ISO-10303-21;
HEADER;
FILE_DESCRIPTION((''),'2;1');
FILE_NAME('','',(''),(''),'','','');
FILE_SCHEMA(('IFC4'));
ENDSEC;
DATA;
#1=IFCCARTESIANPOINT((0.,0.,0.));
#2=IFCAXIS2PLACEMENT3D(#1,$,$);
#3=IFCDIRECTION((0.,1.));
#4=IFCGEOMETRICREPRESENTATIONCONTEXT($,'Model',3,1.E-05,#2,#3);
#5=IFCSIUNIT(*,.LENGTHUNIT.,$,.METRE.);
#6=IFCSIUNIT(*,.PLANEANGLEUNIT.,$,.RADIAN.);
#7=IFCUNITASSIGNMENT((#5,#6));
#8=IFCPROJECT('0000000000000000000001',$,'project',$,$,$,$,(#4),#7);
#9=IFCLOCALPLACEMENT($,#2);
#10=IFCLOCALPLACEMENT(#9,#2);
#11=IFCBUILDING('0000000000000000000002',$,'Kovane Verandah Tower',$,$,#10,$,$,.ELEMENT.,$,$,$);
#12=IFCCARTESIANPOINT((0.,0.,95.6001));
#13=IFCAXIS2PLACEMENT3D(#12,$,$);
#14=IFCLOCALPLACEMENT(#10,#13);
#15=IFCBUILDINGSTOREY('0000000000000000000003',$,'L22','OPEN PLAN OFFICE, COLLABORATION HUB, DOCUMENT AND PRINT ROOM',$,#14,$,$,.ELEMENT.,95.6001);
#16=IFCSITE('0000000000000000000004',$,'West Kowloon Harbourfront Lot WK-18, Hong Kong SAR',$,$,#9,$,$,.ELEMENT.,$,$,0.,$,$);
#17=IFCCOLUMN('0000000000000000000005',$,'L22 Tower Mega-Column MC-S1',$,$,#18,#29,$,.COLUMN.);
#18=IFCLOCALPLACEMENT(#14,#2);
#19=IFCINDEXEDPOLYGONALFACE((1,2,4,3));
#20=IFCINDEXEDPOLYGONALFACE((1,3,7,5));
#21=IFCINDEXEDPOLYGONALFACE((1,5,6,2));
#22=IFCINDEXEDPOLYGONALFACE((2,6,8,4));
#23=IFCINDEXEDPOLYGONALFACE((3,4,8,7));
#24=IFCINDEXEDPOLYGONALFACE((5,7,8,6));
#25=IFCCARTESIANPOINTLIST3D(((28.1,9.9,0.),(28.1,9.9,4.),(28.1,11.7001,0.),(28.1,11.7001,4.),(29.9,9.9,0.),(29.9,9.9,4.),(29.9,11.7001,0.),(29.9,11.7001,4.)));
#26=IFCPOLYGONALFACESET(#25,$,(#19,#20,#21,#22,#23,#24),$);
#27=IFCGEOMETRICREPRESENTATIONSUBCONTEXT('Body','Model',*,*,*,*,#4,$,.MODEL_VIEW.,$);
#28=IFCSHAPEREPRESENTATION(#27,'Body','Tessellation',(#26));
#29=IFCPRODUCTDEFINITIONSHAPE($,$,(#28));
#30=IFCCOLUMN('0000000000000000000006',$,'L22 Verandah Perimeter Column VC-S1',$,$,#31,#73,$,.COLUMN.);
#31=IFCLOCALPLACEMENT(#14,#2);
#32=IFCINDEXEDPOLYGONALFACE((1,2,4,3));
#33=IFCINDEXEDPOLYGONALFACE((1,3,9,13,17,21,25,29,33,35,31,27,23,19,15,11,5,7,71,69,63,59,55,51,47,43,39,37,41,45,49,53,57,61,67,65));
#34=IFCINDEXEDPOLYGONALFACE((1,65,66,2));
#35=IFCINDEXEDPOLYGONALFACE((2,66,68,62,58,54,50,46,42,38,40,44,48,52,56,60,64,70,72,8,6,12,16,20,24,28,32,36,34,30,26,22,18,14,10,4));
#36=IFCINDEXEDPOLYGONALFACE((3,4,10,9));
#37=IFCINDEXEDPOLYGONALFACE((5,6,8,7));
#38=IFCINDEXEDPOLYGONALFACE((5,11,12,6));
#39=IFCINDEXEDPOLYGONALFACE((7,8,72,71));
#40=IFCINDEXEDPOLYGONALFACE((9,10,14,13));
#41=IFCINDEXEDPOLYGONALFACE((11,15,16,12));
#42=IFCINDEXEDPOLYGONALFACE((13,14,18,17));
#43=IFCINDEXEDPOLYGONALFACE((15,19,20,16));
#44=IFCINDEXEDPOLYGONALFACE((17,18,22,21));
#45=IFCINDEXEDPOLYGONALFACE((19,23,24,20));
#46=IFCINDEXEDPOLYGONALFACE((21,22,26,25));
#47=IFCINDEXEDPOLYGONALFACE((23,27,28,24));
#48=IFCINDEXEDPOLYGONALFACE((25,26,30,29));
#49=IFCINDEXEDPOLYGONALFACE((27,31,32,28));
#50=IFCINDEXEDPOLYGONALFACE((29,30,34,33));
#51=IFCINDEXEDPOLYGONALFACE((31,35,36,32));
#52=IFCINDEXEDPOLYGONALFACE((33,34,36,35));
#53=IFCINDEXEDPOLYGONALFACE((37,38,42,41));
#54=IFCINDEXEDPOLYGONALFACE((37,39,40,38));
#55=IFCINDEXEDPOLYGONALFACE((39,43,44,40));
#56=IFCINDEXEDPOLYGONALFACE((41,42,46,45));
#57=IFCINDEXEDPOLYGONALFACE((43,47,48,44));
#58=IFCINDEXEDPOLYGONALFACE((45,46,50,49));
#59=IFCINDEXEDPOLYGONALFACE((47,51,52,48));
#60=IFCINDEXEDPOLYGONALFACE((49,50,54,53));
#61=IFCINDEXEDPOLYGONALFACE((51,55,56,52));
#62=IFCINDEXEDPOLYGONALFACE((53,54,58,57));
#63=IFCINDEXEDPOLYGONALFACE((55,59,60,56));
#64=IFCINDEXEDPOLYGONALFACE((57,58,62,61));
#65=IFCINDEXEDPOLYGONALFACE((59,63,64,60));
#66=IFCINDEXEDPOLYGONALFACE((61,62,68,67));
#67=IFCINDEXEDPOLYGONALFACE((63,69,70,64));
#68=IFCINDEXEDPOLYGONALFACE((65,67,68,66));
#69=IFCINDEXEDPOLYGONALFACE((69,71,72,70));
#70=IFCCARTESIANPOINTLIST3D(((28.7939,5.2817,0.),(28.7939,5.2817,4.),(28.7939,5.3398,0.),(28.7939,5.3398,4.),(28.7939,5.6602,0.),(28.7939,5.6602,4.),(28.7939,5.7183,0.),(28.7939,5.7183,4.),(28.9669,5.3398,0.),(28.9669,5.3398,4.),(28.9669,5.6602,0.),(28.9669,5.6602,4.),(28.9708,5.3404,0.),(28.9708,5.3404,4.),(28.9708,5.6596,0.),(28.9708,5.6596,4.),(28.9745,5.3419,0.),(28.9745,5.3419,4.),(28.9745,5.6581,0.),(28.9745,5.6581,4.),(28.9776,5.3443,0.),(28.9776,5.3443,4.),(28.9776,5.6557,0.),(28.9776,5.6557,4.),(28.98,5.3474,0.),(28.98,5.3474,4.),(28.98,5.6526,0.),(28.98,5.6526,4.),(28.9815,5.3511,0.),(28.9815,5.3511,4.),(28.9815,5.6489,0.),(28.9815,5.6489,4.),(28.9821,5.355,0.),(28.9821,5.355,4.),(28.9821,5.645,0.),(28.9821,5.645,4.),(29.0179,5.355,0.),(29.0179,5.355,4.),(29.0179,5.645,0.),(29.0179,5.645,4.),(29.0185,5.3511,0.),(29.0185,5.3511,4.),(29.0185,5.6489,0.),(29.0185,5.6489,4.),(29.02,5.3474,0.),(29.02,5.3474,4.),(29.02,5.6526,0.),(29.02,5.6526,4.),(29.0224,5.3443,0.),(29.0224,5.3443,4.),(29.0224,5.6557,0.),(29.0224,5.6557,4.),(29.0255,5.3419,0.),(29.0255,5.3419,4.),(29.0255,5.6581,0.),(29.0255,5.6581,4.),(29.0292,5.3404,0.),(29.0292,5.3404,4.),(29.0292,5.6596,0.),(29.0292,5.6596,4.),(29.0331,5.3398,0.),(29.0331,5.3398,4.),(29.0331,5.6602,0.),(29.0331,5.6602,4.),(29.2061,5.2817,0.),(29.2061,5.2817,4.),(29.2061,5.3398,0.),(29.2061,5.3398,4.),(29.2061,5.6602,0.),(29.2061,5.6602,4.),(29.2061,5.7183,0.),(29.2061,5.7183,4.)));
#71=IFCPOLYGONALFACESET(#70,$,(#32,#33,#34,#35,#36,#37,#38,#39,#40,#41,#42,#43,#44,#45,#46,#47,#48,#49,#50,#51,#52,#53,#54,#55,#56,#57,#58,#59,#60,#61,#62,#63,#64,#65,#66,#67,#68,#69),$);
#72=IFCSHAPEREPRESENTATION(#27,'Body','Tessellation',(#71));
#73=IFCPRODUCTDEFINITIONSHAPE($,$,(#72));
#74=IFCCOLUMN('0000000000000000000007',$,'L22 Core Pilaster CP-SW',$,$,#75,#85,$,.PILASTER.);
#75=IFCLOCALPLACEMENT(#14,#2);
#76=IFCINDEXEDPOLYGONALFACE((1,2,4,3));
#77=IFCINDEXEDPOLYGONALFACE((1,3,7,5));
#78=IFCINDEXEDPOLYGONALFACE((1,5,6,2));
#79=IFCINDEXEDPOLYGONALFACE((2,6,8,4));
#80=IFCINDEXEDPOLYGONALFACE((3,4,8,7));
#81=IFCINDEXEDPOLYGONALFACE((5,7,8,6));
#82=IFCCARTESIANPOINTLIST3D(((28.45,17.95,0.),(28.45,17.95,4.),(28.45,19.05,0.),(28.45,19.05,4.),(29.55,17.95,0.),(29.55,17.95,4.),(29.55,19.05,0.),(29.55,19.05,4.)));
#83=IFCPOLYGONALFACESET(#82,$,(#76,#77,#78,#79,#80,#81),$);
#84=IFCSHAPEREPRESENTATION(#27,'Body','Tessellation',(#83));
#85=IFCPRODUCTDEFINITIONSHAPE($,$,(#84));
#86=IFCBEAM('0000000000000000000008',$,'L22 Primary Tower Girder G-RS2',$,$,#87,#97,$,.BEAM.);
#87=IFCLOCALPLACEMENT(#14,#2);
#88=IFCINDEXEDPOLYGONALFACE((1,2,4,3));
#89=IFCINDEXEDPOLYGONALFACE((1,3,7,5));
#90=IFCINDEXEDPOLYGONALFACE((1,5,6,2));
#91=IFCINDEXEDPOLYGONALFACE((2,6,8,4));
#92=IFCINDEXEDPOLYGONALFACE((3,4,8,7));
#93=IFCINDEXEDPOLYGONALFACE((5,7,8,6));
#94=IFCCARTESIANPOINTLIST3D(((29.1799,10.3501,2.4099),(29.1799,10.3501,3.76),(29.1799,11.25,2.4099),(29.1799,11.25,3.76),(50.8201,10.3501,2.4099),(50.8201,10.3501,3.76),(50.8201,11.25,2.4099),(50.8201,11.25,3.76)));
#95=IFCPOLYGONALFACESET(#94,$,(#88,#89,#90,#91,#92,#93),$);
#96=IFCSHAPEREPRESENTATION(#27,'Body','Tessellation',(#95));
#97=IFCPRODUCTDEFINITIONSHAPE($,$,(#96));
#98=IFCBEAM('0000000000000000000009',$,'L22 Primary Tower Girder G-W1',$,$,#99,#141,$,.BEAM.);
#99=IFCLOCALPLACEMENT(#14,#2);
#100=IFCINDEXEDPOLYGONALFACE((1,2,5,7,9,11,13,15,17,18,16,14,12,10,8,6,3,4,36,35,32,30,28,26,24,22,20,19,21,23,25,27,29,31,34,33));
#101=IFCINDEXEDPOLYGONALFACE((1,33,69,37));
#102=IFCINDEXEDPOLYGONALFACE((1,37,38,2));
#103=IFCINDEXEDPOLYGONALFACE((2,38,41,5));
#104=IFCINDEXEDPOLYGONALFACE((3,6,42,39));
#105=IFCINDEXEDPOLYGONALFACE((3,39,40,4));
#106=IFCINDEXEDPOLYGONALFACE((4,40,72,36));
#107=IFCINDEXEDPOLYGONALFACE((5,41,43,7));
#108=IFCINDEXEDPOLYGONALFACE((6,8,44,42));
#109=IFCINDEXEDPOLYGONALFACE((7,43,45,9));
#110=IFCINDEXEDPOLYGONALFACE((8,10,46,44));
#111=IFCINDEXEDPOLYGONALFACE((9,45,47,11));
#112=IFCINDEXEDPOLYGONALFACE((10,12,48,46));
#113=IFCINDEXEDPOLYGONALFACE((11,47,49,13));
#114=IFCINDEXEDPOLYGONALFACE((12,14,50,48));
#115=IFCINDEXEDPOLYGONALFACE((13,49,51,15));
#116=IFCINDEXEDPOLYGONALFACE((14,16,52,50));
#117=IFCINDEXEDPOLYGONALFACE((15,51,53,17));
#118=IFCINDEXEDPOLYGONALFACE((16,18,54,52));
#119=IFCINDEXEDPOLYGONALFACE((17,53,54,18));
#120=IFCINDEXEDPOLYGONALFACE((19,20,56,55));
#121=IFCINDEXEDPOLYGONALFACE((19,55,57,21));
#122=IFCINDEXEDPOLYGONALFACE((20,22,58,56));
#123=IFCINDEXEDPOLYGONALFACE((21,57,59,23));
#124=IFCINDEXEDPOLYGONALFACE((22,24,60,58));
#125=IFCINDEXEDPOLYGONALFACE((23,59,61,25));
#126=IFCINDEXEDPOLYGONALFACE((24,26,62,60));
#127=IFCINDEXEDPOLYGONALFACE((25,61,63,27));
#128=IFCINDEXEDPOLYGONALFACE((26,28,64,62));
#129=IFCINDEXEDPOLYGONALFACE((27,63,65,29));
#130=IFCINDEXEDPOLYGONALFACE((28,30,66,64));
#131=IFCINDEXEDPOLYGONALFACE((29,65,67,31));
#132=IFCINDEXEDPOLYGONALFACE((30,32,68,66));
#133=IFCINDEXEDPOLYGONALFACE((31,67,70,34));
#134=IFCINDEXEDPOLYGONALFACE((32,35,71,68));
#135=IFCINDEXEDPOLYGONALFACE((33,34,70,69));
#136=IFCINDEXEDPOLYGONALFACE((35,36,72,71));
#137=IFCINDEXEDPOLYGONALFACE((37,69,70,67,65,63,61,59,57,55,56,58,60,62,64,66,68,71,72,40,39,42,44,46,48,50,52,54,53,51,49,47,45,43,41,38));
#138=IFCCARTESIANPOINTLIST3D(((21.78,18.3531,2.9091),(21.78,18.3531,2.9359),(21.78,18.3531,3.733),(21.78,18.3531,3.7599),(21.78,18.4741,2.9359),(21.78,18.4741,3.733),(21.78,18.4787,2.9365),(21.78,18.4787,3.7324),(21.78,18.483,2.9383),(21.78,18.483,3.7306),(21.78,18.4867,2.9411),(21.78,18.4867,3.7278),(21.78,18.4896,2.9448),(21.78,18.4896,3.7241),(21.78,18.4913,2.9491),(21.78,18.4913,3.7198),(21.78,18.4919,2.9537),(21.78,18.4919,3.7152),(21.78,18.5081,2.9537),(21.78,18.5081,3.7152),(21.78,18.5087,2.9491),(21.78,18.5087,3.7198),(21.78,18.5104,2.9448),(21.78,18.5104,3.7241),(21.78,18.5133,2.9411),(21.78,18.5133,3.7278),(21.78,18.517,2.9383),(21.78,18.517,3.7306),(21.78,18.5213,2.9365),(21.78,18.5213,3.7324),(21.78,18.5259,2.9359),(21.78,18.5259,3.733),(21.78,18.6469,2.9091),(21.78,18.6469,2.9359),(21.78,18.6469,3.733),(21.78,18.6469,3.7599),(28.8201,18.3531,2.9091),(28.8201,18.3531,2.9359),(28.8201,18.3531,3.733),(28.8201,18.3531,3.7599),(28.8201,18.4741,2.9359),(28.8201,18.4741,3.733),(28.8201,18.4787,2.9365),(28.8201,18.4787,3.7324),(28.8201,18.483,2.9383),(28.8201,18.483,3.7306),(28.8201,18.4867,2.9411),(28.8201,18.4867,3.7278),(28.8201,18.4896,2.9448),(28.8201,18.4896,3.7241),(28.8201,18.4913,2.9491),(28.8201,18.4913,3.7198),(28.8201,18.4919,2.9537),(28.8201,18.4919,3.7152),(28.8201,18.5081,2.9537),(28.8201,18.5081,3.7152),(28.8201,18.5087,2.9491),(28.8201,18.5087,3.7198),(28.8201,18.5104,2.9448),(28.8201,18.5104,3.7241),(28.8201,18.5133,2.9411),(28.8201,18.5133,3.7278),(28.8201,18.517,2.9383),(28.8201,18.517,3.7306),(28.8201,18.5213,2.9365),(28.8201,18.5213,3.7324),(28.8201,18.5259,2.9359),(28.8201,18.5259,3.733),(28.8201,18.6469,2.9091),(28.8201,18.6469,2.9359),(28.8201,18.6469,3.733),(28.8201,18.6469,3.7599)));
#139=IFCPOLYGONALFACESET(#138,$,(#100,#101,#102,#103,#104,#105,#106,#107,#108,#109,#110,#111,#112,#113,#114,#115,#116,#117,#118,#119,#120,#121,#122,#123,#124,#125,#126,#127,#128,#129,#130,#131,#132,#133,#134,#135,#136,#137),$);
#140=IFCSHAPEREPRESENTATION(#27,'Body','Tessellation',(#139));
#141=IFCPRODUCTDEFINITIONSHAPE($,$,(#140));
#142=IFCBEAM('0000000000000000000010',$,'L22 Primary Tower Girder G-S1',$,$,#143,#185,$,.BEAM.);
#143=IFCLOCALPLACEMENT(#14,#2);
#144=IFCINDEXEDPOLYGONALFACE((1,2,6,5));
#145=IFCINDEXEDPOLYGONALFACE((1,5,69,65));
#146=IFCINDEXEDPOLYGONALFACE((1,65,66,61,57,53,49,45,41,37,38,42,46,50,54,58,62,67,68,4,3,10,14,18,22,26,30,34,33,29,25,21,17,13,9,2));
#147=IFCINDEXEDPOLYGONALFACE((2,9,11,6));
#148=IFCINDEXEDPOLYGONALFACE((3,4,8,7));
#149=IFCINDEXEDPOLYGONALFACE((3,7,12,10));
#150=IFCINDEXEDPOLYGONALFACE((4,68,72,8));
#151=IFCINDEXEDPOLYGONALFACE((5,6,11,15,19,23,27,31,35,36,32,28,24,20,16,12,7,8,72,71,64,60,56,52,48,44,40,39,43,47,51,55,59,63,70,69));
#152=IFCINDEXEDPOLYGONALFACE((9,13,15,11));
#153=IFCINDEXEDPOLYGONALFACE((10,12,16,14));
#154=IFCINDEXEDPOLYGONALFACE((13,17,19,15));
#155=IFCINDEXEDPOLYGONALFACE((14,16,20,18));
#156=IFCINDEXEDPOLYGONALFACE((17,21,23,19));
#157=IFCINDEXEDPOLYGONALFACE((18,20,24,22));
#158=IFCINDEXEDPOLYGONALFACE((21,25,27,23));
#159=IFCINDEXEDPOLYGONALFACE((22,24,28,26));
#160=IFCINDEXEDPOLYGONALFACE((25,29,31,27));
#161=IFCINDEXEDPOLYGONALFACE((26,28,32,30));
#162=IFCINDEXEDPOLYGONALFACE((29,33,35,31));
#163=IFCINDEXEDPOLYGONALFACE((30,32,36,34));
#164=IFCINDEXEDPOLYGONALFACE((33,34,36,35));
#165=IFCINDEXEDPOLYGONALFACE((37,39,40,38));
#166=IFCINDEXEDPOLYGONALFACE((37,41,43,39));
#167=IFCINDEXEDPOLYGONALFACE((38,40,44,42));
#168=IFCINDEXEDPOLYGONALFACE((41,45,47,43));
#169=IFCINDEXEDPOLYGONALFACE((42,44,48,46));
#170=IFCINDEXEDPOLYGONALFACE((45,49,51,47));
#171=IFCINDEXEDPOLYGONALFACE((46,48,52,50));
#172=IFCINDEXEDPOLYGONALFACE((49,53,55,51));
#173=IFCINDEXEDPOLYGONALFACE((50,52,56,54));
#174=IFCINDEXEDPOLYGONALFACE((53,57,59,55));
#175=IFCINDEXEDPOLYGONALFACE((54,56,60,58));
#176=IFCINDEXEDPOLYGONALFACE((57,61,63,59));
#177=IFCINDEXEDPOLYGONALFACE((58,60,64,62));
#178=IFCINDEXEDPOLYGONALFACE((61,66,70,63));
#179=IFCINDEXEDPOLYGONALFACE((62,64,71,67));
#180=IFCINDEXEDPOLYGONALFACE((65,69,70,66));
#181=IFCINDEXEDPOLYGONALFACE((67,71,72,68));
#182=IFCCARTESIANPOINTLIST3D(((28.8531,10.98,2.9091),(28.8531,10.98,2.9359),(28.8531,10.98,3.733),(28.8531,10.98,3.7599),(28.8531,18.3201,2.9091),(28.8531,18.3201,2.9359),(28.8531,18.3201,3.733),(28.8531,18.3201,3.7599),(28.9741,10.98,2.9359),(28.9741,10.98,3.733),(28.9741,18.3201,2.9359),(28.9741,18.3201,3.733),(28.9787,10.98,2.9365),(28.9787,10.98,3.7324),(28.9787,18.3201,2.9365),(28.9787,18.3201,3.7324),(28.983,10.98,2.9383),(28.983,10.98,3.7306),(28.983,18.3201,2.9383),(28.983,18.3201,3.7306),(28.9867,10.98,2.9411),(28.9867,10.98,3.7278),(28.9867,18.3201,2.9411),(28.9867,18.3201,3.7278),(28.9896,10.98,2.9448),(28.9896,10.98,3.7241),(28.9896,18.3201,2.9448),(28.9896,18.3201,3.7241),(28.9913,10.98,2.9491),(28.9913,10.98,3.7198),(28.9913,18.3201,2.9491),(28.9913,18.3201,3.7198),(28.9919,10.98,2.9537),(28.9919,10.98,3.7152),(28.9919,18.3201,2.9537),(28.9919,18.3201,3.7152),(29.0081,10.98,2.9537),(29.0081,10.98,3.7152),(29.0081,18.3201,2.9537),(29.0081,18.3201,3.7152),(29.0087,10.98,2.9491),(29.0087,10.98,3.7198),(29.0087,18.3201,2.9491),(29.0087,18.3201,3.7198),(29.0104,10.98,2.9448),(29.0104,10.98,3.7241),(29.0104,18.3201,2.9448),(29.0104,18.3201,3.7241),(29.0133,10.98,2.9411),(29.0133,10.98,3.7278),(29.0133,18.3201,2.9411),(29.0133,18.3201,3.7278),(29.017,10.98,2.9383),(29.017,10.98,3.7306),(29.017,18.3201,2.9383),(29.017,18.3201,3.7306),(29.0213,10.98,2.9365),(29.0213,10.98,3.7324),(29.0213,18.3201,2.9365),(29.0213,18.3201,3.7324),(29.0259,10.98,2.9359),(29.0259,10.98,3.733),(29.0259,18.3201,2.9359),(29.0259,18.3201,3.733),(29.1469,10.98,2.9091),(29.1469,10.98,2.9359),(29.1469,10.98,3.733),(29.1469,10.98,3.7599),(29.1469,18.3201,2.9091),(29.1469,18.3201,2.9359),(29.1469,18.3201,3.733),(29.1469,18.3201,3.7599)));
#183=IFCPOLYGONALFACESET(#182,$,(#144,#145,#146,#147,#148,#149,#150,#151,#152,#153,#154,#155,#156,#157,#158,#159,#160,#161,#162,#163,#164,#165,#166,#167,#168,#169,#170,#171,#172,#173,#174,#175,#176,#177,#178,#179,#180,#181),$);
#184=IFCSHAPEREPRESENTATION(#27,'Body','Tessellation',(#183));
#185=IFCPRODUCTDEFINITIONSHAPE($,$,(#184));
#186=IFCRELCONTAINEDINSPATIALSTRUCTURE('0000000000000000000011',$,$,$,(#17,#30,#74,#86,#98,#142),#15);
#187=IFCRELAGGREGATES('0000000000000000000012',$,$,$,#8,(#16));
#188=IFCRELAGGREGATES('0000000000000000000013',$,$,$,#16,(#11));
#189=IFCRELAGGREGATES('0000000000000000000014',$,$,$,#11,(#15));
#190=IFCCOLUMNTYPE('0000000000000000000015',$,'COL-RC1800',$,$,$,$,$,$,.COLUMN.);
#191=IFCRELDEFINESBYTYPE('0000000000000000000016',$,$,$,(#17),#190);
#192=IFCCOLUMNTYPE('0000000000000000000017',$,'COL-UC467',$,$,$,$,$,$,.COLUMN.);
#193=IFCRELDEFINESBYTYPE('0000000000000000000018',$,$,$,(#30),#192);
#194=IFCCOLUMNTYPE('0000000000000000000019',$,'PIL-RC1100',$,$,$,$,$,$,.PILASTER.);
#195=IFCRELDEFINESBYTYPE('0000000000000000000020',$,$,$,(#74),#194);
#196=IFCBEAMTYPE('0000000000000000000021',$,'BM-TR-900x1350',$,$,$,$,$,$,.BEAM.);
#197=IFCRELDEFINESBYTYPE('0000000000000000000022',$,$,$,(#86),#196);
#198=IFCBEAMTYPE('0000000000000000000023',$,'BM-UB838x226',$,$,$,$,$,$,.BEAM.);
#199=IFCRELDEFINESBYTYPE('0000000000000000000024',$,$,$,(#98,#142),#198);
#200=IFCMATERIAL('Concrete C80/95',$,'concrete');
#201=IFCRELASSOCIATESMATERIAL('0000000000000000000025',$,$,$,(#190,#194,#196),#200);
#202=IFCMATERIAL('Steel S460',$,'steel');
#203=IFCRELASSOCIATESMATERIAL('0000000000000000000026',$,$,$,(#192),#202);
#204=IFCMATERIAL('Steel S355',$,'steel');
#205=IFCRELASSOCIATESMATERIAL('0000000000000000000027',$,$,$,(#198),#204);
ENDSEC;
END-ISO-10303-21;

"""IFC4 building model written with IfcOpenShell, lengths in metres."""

from ifc_helpers import new_model, si_unit, direction, frame, origin, origin_2d, place, context, subcontext, project, spatial, rectangle, i_section, extrude, material, material_profile, profile_set, type_object, element, save


model = new_model("IFC4")

# Units and contexts
model_context = context("Model", 3, precision=1e-05, world=origin(), true_north=direction((0.0, 1.0)))
body_context = subcontext(model_context, "Body", "Model", "MODEL_VIEW")
ifc_project = project(units=[si_unit("LENGTHUNIT", "METRE"), si_unit("PLANEANGLEUNIT", "RADIAN")], contexts=[model_context])

# Site, building, storey
site_placement = place(None, origin())
site = spatial("IfcSite", under=ifc_project, at=site_placement, Name="West Kowloon Harbourfront Lot WK-18, Hong Kong SAR", CompositionType="ELEMENT", RefElevation=0.0)
building_placement = place(site_placement, origin())
building = spatial("IfcBuilding", under=site, at=building_placement, Name="Kovane Verandah Tower", CompositionType="ELEMENT")
storey_placement = place(building_placement, frame((0.0, 0.0, 95.6001)))
storey = spatial("IfcBuildingStorey", under=building, at=storey_placement, Name="L22", Description="OPEN PLAN OFFICE, COLLABORATION HUB, DOCUMENT AND PRINT ROOM", CompositionType="ELEMENT", Elevation=95.6001)

# Columns
ifc_material_1 = material(Name="Concrete C80/95", Category="concrete")
ifc_material_profile_1 = material_profile(ifc_material_1, rectangle(XDim=1.8, YDim=1.8, at=origin_2d()), Name="RC1800x1800")
ifc_profile_set_1 = profile_set([ifc_material_profile_1], Name="Concrete C80/95")
column_type_1 = type_object("IfcColumnType", Name="COL-RC1800", PredefinedType="COLUMN", material=ifc_profile_set_1)
column_1_placement = place(storey_placement, frame((29.0, 10.8, 0.0), z_axis=(0.0, 0.0, 1.0), x_axis=(1.0, 0.0, 0.0)))
element("IfcColumn", 1, at=column_1_placement, inside=storey, type_object=column_type_1, Name="L22 Tower Mega-Column MC-S1", PredefinedType="COLUMN", context=body_context, shape_type="SweptSolid", body=[
    extrude(rectangle(XDim=1.8, YDim=1.8, at=origin_2d()), origin(), (0.0, 0.0, 1.0), 4.0),
])
ifc_material_2 = material(Name="Steel S460", Category="steel")
ifc_material_profile_2 = material_profile(ifc_material_2, i_section(OverallWidth=0.4121, OverallDepth=0.4365, WebThickness=0.0359, FlangeThickness=0.0581, FilletRadius=0.0151, at=origin_2d()), Name="UC356x406x467")
ifc_profile_set_2 = profile_set([ifc_material_profile_2], Name="Steel S460")
column_type_2 = type_object("IfcColumnType", Name="COL-UC467", PredefinedType="COLUMN", material=ifc_profile_set_2)
column_2_placement = place(storey_placement, frame((29.0, 5.5, 0.0), z_axis=(0.0, 0.0, 1.0), x_axis=(1.0, 0.0, 0.0)))
element("IfcColumn", 2, at=column_2_placement, inside=storey, type_object=column_type_2, Name="L22 Verandah Perimeter Column VC-S1", PredefinedType="COLUMN", context=body_context, shape_type="SweptSolid", body=[
    extrude(i_section(OverallWidth=0.4121, OverallDepth=0.4365, WebThickness=0.0359, FlangeThickness=0.0581, FilletRadius=0.0151, at=origin_2d()), origin(), (0.0, 0.0, 1.0), 4.0),
])
ifc_material_profile_3 = material_profile(ifc_material_1, rectangle(XDim=1.1001, YDim=1.1001, at=origin_2d()), Name="RC1100x1100")
ifc_profile_set_3 = profile_set([ifc_material_profile_3], Name="Concrete C80/95")
column_type_3 = type_object("IfcColumnType", Name="PIL-RC1100", PredefinedType="PILASTER", material=ifc_profile_set_3)
column_3_placement = place(storey_placement, frame((29.0, 18.5, 0.0), z_axis=(0.0, 0.0, 1.0), x_axis=(1.0, 0.0, 0.0)))
element("IfcColumn", 3, at=column_3_placement, inside=storey, type_object=column_type_3, Name="L22 Core Pilaster CP-SW", PredefinedType="PILASTER", context=body_context, shape_type="SweptSolid", body=[
    extrude(rectangle(XDim=1.1001, YDim=1.1001, at=origin_2d()), origin(), (0.0, 0.0, 1.0), 4.0),
])

# Beams
ifc_material_profile_4 = material_profile(ifc_material_1, rectangle(XDim=0.8999, YDim=1.3501, at=origin_2d()), Name="RCB900x1350")
ifc_profile_set_4 = profile_set([ifc_material_profile_4], Name="Concrete C80/95")
beam_type_1 = type_object("IfcBeamType", Name="BM-TR-900x1350", PredefinedType="BEAM", material=ifc_profile_set_4)
beam_1_placement = place(storey_placement, frame((29.1799, 10.8, 3.085), z_axis=(1.0, 0.0, 0.0), x_axis=(0.0, 1.0, 0.0)))
element("IfcBeam", 4, at=beam_1_placement, inside=storey, type_object=beam_type_1, Name="L22 Primary Tower Girder G-RS2", PredefinedType="BEAM", context=body_context, shape_type="SweptSolid", body=[
    extrude(rectangle(XDim=0.8999, YDim=1.3501, at=origin_2d()), origin(), (0.0, 0.0, 1.0), 21.6401),
])
ifc_material_3 = material(Name="Steel S355", Category="steel")
ifc_material_profile_5 = material_profile(ifc_material_3, i_section(OverallWidth=0.2937, OverallDepth=0.8508, WebThickness=0.0161, FlangeThickness=0.0269, FilletRadius=0.0178, at=origin_2d()), Name="UB838x292x226")
ifc_profile_set_5 = profile_set([ifc_material_profile_5], Name="Steel S355")
beam_type_2 = type_object("IfcBeamType", Name="BM-UB838x226", PredefinedType="BEAM", material=ifc_profile_set_5)
beam_2_placement = place(storey_placement, frame((28.8201, 18.5, 3.3345), z_axis=(-1.0, 0.0, 0.0), x_axis=(0.0, -1.0, 0.0)))
element("IfcBeam", 5, at=beam_2_placement, inside=storey, type_object=beam_type_2, Name="L22 Primary Tower Girder G-W1", PredefinedType="BEAM", context=body_context, shape_type="SweptSolid", body=[
    extrude(i_section(OverallWidth=0.2937, OverallDepth=0.8508, WebThickness=0.0161, FlangeThickness=0.0269, FilletRadius=0.0178, at=origin_2d()), origin(), (0.0, 0.0, 1.0), 7.04),
])
beam_3_placement = place(storey_placement, frame((29.0, 18.3201, 3.3345), z_axis=(0.0, -1.0, 0.0), x_axis=(1.0, 0.0, 0.0)))
element("IfcBeam", 6, at=beam_3_placement, inside=storey, type_object=beam_type_2, Name="L22 Primary Tower Girder G-S1", PredefinedType="BEAM", context=body_context, shape_type="SweptSolid", body=[
    extrude(i_section(OverallWidth=0.2937, OverallDepth=0.8508, WebThickness=0.0161, FlangeThickness=0.0269, FilletRadius=0.0178, at=origin_2d()), origin(), (0.0, 0.0, 1.0), 7.3401),
])

save(model, "model.ifc")
